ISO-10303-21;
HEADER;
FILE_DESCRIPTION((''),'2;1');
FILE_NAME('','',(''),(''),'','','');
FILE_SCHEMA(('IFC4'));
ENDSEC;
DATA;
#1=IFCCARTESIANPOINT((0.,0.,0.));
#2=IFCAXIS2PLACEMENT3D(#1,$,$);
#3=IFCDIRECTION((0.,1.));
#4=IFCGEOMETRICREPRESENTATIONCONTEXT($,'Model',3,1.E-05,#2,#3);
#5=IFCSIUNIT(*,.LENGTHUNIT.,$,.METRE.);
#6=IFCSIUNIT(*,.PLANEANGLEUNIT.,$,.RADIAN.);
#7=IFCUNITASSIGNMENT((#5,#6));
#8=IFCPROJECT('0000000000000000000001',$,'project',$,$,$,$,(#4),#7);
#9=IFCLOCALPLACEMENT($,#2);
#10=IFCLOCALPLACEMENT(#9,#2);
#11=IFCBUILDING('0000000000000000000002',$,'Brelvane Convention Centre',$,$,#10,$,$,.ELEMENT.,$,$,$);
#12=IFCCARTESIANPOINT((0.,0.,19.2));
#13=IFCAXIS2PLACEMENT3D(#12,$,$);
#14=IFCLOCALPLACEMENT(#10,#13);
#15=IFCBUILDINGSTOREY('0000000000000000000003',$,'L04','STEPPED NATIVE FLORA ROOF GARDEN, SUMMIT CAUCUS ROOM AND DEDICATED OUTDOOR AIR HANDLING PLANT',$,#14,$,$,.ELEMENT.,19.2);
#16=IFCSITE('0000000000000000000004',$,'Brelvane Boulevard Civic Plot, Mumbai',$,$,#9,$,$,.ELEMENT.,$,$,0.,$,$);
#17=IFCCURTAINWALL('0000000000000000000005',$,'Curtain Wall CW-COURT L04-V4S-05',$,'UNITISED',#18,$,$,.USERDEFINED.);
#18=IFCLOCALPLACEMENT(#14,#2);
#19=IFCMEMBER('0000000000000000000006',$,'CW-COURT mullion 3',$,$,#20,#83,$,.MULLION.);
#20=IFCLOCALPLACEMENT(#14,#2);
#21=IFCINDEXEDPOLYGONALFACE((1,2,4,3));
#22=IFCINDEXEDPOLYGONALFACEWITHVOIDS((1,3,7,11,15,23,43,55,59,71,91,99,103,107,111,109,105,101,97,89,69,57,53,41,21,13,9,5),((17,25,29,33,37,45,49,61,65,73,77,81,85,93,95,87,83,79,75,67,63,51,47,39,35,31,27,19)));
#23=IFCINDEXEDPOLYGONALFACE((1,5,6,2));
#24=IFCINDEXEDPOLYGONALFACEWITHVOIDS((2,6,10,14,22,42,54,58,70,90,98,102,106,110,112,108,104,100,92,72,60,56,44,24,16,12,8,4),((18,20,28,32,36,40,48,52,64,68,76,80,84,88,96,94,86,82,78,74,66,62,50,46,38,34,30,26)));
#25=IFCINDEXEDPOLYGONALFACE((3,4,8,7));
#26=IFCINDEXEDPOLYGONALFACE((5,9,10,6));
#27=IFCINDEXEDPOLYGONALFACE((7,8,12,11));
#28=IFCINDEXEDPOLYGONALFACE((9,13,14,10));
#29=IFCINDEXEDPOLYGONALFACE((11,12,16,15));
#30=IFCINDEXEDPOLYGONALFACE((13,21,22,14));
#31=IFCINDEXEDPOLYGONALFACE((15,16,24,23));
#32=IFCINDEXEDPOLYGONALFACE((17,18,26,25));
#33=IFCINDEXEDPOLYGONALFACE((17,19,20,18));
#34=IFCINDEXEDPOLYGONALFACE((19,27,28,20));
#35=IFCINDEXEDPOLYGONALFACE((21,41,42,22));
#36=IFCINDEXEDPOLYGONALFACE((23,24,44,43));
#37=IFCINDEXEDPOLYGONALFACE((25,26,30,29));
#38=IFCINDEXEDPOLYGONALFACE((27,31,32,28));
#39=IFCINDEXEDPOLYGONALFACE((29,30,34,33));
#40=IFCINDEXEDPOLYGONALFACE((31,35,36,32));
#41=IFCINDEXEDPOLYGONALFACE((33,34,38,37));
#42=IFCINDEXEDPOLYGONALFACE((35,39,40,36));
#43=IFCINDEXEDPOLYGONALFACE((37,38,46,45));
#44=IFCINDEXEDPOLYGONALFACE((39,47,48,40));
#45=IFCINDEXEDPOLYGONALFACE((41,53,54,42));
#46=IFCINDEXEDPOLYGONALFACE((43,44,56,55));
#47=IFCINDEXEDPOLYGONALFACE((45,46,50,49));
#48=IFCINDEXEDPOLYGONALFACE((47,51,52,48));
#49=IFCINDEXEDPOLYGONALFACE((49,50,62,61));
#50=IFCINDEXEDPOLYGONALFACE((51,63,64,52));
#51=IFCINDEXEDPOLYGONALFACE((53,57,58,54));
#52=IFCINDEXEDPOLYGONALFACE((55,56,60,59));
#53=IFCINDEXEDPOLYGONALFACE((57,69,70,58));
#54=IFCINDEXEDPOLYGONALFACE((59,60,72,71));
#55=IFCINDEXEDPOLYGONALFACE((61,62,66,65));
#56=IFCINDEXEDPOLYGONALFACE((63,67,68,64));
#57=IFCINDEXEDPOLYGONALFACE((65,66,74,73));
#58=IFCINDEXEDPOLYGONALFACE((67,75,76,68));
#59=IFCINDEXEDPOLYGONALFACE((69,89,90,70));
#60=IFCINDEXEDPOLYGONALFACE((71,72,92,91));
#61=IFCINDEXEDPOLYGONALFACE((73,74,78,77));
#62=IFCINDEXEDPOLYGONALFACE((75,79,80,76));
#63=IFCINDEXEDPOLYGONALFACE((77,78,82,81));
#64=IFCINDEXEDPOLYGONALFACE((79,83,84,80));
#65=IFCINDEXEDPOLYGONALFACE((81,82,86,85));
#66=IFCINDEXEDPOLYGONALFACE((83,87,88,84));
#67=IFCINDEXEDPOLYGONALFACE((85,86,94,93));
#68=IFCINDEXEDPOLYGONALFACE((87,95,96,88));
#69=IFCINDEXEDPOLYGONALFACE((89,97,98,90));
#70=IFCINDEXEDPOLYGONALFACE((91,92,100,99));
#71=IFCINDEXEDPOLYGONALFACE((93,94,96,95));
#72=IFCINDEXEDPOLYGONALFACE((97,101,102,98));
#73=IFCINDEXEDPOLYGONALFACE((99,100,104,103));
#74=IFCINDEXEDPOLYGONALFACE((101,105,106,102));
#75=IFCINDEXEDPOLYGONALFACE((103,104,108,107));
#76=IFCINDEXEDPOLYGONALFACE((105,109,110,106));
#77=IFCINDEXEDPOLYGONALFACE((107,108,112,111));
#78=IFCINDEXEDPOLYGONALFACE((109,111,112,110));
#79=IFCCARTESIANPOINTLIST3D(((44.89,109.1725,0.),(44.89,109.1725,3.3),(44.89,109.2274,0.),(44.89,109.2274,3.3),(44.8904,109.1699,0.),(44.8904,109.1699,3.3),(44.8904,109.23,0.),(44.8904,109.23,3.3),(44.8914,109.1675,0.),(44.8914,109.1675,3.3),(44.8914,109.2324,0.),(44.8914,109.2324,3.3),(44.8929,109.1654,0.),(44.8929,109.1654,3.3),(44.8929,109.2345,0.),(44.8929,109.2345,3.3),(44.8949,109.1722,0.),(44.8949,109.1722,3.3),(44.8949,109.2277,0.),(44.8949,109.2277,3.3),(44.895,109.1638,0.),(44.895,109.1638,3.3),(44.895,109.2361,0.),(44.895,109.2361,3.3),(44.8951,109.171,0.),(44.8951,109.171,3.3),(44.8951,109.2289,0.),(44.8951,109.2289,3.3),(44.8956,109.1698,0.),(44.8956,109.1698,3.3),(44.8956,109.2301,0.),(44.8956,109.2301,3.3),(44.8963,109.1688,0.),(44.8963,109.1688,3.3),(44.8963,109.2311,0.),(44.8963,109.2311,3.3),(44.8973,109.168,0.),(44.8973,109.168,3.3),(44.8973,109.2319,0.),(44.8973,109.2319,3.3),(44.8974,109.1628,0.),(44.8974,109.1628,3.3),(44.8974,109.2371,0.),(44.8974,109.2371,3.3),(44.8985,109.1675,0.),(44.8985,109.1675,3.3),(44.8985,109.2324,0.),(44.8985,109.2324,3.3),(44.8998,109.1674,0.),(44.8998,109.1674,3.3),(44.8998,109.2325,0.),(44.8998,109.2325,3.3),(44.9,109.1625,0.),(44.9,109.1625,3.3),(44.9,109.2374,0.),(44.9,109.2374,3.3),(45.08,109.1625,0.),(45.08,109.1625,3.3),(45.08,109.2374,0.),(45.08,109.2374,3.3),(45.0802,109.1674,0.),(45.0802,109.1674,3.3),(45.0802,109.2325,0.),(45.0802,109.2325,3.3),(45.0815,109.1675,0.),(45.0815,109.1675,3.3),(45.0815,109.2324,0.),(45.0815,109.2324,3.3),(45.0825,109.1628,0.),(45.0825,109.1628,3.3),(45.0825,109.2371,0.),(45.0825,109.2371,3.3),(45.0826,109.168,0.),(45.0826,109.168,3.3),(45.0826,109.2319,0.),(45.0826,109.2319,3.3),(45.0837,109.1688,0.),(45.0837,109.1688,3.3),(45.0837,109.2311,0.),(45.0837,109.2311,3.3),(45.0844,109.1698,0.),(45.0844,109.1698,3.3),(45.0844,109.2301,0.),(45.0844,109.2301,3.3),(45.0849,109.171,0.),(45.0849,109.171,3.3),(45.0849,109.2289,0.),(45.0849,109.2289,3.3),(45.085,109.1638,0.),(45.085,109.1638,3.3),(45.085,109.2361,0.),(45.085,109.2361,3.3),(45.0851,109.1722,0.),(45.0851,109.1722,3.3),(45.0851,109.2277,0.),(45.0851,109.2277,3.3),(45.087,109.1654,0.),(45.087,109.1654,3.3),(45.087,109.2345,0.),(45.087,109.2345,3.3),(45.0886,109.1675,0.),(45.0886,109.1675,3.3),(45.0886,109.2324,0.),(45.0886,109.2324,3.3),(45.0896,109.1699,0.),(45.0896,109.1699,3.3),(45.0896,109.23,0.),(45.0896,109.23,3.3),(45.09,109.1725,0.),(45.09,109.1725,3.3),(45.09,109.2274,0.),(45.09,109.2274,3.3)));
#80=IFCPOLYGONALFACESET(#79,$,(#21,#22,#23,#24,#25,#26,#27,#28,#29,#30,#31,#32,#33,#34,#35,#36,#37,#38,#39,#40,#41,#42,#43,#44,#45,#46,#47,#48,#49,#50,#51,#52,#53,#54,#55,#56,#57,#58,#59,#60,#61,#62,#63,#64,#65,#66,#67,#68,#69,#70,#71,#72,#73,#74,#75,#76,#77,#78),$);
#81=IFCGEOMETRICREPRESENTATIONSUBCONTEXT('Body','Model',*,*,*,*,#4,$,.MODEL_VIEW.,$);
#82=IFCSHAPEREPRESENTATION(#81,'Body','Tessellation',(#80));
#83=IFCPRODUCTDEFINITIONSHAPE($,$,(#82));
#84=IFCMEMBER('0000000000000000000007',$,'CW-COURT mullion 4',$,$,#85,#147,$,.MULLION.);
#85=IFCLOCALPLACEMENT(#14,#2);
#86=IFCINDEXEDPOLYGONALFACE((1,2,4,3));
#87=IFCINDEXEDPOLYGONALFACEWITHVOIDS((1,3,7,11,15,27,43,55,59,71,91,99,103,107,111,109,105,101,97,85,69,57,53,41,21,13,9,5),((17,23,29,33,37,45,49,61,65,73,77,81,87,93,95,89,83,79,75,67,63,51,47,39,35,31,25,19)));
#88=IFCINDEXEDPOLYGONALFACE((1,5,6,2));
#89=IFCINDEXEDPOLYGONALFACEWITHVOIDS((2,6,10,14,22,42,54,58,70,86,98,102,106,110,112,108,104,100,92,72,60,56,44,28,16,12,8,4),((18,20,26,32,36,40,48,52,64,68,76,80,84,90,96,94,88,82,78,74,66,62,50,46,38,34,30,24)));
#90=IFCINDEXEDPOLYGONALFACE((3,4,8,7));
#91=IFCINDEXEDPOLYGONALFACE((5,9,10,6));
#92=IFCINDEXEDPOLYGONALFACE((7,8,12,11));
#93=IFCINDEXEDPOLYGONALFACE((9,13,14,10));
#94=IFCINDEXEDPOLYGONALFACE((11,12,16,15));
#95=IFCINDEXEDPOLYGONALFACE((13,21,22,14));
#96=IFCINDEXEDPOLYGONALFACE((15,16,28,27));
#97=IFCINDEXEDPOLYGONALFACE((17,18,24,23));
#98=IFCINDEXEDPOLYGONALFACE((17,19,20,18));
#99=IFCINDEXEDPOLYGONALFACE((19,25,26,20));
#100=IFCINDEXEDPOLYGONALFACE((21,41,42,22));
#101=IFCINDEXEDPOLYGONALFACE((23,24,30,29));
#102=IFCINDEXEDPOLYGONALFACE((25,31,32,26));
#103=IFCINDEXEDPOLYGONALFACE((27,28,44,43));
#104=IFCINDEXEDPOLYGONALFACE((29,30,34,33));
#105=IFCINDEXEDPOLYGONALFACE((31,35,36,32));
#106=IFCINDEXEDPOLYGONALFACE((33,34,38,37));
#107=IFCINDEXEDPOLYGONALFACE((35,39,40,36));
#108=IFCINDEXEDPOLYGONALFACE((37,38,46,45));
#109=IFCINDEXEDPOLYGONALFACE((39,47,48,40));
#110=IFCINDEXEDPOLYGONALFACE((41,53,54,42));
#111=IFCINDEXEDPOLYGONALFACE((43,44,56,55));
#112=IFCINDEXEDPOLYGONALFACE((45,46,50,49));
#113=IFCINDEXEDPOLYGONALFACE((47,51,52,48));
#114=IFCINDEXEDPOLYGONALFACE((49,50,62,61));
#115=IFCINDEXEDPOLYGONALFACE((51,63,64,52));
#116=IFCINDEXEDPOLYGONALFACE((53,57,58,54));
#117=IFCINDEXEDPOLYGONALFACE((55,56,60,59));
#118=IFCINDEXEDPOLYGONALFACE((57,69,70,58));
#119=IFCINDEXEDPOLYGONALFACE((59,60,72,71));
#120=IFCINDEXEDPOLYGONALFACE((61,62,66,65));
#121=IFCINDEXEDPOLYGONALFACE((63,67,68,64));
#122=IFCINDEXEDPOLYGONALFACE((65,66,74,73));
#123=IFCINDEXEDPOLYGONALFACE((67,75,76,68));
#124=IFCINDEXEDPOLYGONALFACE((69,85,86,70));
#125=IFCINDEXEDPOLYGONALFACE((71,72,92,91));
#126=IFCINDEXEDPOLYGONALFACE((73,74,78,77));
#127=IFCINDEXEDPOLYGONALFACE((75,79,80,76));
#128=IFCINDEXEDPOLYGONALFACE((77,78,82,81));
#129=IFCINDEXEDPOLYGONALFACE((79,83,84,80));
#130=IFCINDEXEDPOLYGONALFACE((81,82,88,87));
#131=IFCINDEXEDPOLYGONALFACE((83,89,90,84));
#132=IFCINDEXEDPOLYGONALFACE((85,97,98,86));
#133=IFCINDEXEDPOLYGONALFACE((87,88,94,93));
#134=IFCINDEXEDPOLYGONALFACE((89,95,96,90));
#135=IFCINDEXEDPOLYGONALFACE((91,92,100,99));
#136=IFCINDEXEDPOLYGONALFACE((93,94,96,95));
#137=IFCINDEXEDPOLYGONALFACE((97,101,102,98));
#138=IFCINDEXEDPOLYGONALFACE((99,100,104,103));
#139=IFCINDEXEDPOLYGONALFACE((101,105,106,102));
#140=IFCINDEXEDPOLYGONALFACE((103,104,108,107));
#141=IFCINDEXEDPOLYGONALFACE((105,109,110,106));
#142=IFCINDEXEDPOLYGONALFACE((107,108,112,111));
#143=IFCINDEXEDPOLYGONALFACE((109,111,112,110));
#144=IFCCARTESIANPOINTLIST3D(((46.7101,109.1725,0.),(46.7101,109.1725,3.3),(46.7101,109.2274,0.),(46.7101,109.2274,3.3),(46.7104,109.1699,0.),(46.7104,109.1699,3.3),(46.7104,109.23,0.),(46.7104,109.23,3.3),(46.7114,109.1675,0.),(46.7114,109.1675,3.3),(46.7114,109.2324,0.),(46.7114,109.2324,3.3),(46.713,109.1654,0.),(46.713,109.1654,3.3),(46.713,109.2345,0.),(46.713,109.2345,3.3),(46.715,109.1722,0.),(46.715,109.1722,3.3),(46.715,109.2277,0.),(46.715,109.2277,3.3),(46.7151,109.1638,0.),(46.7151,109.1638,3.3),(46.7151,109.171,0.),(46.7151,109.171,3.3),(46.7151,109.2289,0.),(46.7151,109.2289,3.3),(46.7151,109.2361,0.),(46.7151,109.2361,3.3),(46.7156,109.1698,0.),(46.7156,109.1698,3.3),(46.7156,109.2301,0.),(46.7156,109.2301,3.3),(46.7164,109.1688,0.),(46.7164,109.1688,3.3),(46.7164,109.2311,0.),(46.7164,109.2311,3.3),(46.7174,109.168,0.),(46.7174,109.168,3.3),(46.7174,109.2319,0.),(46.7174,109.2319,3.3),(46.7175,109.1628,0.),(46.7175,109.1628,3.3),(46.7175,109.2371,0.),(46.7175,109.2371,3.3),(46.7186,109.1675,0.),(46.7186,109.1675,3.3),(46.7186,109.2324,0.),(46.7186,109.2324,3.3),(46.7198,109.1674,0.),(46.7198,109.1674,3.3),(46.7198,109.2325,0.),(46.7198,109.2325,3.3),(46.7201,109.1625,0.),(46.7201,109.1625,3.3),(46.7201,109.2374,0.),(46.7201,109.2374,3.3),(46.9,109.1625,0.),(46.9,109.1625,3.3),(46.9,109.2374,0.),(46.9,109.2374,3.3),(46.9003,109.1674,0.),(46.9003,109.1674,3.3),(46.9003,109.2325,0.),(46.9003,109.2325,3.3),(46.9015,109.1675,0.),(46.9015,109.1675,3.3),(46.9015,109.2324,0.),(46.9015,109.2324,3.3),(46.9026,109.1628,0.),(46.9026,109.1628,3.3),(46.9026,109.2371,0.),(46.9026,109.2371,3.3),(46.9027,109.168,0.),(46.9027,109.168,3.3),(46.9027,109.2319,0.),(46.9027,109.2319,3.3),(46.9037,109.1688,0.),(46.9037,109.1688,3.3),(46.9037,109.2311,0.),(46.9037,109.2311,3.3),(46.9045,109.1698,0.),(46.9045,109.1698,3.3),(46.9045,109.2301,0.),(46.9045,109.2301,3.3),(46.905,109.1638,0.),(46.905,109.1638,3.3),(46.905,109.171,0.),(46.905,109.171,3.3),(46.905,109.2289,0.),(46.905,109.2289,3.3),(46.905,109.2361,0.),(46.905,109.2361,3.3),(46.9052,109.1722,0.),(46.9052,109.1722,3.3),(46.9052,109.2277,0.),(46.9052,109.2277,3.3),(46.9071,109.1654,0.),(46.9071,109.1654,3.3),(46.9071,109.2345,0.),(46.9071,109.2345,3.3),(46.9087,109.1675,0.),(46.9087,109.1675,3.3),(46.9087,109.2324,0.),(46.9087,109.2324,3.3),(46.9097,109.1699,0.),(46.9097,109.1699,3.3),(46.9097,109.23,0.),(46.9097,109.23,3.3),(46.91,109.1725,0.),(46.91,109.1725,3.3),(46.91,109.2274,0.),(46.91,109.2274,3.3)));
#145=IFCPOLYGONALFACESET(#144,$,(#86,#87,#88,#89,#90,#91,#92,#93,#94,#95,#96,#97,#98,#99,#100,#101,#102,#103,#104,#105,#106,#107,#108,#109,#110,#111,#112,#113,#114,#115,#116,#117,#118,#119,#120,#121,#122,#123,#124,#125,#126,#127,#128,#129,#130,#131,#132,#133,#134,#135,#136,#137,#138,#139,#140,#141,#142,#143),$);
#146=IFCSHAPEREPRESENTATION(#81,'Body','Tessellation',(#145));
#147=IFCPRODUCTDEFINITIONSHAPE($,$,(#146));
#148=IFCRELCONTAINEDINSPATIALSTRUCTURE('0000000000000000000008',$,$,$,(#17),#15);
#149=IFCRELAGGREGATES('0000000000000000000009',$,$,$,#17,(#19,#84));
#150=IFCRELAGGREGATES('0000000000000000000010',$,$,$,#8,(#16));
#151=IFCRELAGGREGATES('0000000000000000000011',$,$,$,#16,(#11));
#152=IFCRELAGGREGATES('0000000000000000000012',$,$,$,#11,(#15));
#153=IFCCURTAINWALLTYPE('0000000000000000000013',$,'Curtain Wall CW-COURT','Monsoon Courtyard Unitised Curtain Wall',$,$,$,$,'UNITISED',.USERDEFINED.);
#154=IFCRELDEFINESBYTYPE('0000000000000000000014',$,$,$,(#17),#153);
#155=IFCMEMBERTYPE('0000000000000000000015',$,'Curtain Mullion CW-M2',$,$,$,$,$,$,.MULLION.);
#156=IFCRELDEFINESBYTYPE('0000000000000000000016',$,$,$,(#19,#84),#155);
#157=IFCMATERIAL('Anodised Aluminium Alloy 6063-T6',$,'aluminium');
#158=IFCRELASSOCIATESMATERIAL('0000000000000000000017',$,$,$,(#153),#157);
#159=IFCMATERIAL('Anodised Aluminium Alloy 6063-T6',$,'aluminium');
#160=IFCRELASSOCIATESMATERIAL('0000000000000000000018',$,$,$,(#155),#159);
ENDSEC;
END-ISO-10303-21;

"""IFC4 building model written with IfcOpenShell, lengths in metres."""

from ifc_helpers import new_model, si_unit, direction, frame, origin, origin_2d, place, context, subcontext, project, spatial, hollow_rectangle, extrude, material, material_profile, profile_set, type_object, element, aggregate, save


model = new_model("IFC4")

# Units and contexts
model_context = context("Model", 3, precision=1e-05, world=origin(), true_north=direction((0.0, 1.0)))
body_context = subcontext(model_context, "Body", "Model", "MODEL_VIEW")
ifc_project = project(units=[si_unit("LENGTHUNIT", "METRE"), si_unit("PLANEANGLEUNIT", "RADIAN")], contexts=[model_context])

# Site, building, storey
site_placement = place(None, origin())
site = spatial("IfcSite", under=ifc_project, at=site_placement, Name="Brelvane Boulevard Civic Plot, Mumbai", CompositionType="ELEMENT", RefElevation=0.0)
building_placement = place(site_placement, origin())
building = spatial("IfcBuilding", under=site, at=building_placement, Name="Brelvane Convention Centre", CompositionType="ELEMENT")
storey_placement = place(building_placement, frame((0.0, 0.0, 19.2)))
storey = spatial("IfcBuildingStorey", under=building, at=storey_placement, Name="L04", Description="STEPPED NATIVE FLORA ROOF GARDEN, SUMMIT CAUCUS ROOM AND DEDICATED OUTDOOR AIR HANDLING PLANT", CompositionType="ELEMENT", Elevation=19.2)

# Curtain wall, members
ifc_material_1 = material(Name="Anodised Aluminium Alloy 6063-T6", Category="aluminium")
curtain_wall_type = type_object("IfcCurtainWallType", Name="Curtain Wall CW-COURT", Description="Monsoon Courtyard Unitised Curtain Wall", ElementType="UNITISED", PredefinedType="USERDEFINED", material=ifc_material_1)
curtain_wall_placement = place(storey_placement, origin())
curtain_wall = element("IfcCurtainWall", 1, at=curtain_wall_placement, inside=storey, type_object=curtain_wall_type, Name="Curtain Wall CW-COURT L04-V4S-05", ObjectType="UNITISED", PredefinedType="USERDEFINED")
ifc_material_2 = material(Name="Anodised Aluminium Alloy 6063-T6", Category="aluminium")
ifc_material_profile_1 = material_profile(ifc_material_2, hollow_rectangle(XDim=0.075, YDim=0.2, WallThickness=0.0049, InnerFilletRadius=0.0049, OuterFilletRadius=0.01, at=origin_2d()), Name="ALU-M 200x75x5.0")
ifc_profile_set_1 = profile_set([ifc_material_profile_1], Name="Anodised Aluminium Alloy 6063-T6")
member_type_1 = type_object("IfcMemberType", Name="Curtain Mullion CW-M2", PredefinedType="MULLION", material=ifc_profile_set_1)
member_1_placement = place(storey_placement, frame((44.99, 109.2, 0.0), z_axis=(0.0, 0.0, 1.0), x_axis=(0.0, 1.0, 0.0)))
member_1 = element("IfcMember", 2, at=member_1_placement, type_object=member_type_1, Name="CW-COURT mullion 3", PredefinedType="MULLION", context=body_context, shape_type="SweptSolid", body=[
    extrude(hollow_rectangle(XDim=0.075, YDim=0.2, WallThickness=0.0049, InnerFilletRadius=0.0049, OuterFilletRadius=0.01, at=origin_2d()), origin(), (0.0, 0.0, 1.0), 3.3),
])
member_2_placement = place(storey_placement, frame((46.8101, 109.2, 0.0), z_axis=(0.0, 0.0, 1.0), x_axis=(0.0, 1.0, 0.0)))
member_2 = element("IfcMember", 3, at=member_2_placement, type_object=member_type_1, Name="CW-COURT mullion 4", PredefinedType="MULLION", context=body_context, shape_type="SweptSolid", body=[
    extrude(hollow_rectangle(XDim=0.075, YDim=0.2, WallThickness=0.0049, InnerFilletRadius=0.0049, OuterFilletRadius=0.01, at=origin_2d()), origin(), (0.0, 0.0, 1.0), 3.3),
])

aggregate(curtain_wall, [member_1, member_2])

save(model, "model.ifc")
